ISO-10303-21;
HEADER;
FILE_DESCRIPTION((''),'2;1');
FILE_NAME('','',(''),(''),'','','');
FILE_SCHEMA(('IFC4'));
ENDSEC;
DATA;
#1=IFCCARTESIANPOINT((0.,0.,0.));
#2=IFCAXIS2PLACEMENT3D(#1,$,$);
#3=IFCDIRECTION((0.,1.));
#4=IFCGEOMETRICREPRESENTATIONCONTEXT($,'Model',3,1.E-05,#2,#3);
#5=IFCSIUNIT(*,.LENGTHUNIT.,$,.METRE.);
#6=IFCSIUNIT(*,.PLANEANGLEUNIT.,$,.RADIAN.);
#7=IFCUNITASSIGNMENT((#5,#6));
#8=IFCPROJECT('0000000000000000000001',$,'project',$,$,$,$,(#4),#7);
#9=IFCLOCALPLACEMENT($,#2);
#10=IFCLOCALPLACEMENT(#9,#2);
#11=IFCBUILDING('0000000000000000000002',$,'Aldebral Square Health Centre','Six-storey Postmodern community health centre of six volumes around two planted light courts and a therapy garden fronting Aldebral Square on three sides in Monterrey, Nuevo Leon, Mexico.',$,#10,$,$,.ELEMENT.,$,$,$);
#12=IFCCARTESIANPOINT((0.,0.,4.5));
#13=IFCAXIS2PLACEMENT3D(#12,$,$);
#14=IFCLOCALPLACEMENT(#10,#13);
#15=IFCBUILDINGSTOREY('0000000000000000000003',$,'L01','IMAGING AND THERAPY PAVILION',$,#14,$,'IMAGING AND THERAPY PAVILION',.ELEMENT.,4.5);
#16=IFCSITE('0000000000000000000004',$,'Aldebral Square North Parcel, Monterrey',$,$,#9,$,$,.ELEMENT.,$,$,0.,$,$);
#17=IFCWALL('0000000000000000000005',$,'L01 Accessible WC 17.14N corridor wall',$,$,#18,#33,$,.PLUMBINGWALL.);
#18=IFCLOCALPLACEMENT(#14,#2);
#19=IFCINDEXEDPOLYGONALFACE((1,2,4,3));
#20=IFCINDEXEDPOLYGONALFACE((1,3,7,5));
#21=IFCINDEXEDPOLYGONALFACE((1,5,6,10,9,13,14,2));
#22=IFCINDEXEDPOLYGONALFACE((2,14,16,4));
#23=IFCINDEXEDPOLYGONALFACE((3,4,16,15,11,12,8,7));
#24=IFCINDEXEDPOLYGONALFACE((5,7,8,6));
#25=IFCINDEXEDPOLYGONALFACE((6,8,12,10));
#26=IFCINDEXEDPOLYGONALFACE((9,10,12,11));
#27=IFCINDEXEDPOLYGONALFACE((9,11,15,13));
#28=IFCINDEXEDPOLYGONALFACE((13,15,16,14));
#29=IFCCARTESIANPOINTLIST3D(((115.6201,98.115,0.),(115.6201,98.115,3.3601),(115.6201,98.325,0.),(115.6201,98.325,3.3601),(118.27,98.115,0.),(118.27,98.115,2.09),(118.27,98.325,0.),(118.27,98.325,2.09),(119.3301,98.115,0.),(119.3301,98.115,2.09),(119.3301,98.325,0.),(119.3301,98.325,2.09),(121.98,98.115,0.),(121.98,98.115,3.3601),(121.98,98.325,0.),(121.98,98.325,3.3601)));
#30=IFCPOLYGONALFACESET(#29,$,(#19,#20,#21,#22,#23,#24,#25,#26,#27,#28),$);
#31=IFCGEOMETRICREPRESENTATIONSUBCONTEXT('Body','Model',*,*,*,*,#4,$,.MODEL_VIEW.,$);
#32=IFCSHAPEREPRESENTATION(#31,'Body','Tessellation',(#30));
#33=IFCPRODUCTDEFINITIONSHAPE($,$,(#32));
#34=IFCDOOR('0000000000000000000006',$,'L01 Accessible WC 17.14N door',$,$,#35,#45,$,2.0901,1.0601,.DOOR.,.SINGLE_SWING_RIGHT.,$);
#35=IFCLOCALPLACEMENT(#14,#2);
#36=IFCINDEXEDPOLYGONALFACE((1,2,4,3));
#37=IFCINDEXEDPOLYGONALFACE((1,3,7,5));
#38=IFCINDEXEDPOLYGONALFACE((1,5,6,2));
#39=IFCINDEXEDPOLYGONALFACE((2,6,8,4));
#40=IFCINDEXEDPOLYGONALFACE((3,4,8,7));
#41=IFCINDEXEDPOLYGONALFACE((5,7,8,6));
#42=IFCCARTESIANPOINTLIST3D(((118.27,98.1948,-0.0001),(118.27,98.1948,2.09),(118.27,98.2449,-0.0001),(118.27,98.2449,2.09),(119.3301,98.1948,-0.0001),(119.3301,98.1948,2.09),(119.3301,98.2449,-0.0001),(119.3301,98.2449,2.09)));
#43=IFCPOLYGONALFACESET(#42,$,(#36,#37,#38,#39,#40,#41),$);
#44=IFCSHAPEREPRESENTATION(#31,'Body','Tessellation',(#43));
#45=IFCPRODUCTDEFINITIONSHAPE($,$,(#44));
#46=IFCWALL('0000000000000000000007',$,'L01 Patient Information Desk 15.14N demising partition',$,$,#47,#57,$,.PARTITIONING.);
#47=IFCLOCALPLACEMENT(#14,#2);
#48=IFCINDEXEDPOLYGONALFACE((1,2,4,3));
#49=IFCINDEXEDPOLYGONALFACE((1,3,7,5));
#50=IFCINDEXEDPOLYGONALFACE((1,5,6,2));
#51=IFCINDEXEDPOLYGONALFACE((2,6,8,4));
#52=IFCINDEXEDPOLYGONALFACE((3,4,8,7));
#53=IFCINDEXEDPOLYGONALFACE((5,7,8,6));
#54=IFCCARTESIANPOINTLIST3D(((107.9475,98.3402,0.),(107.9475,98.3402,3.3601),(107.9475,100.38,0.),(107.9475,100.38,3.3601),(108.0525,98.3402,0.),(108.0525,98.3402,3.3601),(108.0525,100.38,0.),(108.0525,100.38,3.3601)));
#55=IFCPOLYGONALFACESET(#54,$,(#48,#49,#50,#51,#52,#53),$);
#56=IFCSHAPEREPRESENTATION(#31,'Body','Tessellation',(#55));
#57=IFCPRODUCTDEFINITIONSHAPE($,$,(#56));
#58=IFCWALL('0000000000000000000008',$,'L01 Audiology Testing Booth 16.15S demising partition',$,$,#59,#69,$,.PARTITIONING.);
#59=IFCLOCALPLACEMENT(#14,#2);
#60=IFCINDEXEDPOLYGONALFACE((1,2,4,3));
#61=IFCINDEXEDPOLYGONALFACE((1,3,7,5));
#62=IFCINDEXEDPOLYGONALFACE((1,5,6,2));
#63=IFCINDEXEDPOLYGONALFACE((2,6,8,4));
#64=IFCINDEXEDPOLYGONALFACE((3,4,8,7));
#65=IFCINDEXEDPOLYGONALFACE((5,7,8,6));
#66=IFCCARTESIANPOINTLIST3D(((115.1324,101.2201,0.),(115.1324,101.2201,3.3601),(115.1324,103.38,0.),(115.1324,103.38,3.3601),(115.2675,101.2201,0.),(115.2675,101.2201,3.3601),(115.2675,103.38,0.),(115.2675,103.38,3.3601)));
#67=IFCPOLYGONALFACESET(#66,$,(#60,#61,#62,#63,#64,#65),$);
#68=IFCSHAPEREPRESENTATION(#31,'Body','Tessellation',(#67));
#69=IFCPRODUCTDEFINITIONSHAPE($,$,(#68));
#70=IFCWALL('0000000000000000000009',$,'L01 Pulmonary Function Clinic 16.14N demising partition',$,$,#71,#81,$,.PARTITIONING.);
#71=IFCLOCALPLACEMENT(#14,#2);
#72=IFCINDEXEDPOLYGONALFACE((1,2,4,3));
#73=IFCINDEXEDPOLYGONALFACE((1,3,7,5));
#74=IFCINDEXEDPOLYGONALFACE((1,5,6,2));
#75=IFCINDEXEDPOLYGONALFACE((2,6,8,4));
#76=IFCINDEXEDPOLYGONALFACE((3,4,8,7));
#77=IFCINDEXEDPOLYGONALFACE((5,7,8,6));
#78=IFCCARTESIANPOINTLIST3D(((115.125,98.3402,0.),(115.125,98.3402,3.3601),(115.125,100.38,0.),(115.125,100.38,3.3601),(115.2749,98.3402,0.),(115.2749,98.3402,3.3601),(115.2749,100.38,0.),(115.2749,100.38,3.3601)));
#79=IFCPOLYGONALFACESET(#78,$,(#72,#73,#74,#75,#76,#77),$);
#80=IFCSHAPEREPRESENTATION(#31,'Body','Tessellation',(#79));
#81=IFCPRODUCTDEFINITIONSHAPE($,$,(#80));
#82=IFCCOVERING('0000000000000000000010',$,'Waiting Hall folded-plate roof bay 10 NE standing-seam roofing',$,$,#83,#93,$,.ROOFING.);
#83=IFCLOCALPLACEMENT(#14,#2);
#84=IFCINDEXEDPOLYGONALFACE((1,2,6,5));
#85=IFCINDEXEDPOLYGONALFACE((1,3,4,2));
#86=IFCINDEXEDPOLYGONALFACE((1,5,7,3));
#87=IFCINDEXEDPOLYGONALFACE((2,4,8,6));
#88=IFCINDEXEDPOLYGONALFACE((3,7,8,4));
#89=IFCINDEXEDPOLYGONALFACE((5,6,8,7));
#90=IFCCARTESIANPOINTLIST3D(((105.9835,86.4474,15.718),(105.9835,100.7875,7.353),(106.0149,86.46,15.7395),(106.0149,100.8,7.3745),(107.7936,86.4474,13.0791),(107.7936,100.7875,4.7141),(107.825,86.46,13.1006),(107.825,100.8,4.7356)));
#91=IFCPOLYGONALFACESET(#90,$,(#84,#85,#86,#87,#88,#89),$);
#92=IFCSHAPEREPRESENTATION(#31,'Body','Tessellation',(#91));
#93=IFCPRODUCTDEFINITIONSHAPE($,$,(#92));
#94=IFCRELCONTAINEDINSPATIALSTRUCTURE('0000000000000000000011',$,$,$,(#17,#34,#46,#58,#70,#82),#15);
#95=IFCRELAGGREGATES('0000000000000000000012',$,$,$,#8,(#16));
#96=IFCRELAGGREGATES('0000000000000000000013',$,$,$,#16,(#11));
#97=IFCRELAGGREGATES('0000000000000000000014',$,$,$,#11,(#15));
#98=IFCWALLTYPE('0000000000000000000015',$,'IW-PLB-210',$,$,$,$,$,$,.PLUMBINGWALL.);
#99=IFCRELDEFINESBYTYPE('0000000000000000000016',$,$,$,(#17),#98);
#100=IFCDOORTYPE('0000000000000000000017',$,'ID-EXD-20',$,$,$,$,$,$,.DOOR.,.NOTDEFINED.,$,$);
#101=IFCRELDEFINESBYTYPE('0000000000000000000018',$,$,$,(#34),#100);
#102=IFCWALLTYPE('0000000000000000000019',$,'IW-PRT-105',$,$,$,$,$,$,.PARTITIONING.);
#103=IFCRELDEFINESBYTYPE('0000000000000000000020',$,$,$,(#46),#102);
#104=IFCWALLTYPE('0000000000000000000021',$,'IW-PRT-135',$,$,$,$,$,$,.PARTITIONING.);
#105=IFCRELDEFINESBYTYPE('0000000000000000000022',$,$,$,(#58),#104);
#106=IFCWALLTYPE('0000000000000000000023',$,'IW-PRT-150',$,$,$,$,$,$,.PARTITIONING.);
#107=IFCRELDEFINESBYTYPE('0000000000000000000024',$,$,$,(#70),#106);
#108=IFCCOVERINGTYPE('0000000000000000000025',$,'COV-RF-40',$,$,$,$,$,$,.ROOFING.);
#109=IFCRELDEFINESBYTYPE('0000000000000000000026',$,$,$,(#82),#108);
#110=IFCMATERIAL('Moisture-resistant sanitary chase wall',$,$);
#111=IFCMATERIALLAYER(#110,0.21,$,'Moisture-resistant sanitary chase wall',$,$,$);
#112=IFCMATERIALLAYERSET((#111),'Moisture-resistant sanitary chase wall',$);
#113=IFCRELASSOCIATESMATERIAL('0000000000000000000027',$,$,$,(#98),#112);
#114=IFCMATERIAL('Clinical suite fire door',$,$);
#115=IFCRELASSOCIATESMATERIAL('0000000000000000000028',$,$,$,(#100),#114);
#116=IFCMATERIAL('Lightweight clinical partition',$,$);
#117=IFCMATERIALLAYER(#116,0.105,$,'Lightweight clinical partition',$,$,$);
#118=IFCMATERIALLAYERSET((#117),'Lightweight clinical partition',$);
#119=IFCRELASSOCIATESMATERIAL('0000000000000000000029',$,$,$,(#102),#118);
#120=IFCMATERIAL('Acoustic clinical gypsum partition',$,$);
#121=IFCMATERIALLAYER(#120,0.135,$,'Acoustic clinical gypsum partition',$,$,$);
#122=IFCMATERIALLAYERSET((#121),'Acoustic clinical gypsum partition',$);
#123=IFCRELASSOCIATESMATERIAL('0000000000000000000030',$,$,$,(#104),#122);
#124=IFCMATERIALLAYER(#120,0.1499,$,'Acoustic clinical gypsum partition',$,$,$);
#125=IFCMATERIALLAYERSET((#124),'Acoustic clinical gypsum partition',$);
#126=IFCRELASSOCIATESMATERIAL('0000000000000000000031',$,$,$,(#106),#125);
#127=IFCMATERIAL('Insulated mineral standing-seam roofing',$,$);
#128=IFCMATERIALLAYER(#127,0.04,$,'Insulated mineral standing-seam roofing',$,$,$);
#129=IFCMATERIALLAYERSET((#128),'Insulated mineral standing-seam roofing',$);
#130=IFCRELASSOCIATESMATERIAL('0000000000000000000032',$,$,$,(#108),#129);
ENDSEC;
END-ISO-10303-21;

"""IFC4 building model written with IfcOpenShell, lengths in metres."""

from ifc_helpers import new_model, si_unit, direction, frame, frame_2d, origin, place, context, subcontext, project, spatial, polyline, rectangle, outline, extrude, material, layer, layer_set, type_object, element, fill, save


model = new_model("IFC4")

# Units and contexts
model_context = context("Model", 3, precision=1e-05, world=origin(), true_north=direction((0.0, 1.0)))
body_context = subcontext(model_context, "Body", "Model", "MODEL_VIEW")
ifc_project = project(units=[si_unit("LENGTHUNIT", "METRE"), si_unit("PLANEANGLEUNIT", "RADIAN")], contexts=[model_context])

# Site, building, storey
site_placement = place(None, origin())
site = spatial("IfcSite", under=ifc_project, at=site_placement, Name="Aldebral Square North Parcel, Monterrey", CompositionType="ELEMENT", RefElevation=0.0)
building_placement = place(site_placement, origin())
building = spatial("IfcBuilding", under=site, at=building_placement, Name="Aldebral Square Health Centre", Description="Six-storey Postmodern community health centre of six volumes around two planted light courts and a therapy garden fronting Aldebral Square on three sides in Monterrey, Nuevo Leon, Mexico.", CompositionType="ELEMENT")
storey_placement = place(building_placement, frame((0.0, 0.0, 4.5)))
storey = spatial("IfcBuildingStorey", under=building, at=storey_placement, Name="L01", Description="IMAGING AND THERAPY PAVILION", LongName="IMAGING AND THERAPY PAVILION", CompositionType="ELEMENT", Elevation=4.5)

# Shared definitions
ifc_material_1 = material(Name="Clinical suite fire door")

# Wall, opening, door
ifc_material_2 = material(Name="Moisture-resistant sanitary chase wall")
ifc_layer_1 = layer(ifc_material_2, 0.21, Name="Moisture-resistant sanitary chase wall")
ifc_layer_set_1 = layer_set([ifc_layer_1], Name="Moisture-resistant sanitary chase wall")
wall_type_1 = type_object("IfcWallType", Name="IW-PLB-210", PredefinedType="PLUMBINGWALL", material=ifc_layer_set_1)
wall_1_placement = place(storey_placement, frame((115.6201, 98.22, 0.0), z_axis=(0.0, 0.0, 1.0), x_axis=(1.0, 0.0, 0.0)))
wall_1 = element("IfcWall", 1, at=wall_1_placement, inside=storey, type_object=wall_type_1, Name="L01 Accessible WC 17.14N corridor wall", PredefinedType="PLUMBINGWALL", context=body_context, shape_type="SweptSolid", body=[
    extrude(rectangle(XDim=6.3599, YDim=0.21, at=frame_2d((3.1799, 0.0))), origin(), (0.0, 0.0, 1.0), 3.3601),
])
opening_1_placement = place(wall_1_placement, frame((2.6499, 0.0, 0.0)))
opening_1 = element("IfcOpeningElement", 2, at=opening_1_placement, cuts=wall_1, PredefinedType="OPENING", context=body_context, shape_type="SweptSolid", body=[
    extrude(rectangle(XDim=1.0601, YDim=2.0901, at=frame_2d((0.53, 1.0449))), frame((0.0, 0.115, 0.0), z_axis=(0.0, -1.0, 0.0), x_axis=(1.0, 0.0, 0.0)), (0.0, 0.0, 1.0), 0.23),
])
door_type_1 = type_object("IfcDoorType", Name="ID-EXD-20", OperationType="NOTDEFINED", PredefinedType="DOOR", material=ifc_material_1)
door_1_placement = place(opening_1_placement, origin())
door_1 = element("IfcDoor", 3, at=door_1_placement, inside=storey, type_object=door_type_1, Name="L01 Accessible WC 17.14N door", OperationType="SINGLE_SWING_RIGHT", OverallHeight=2.0901, OverallWidth=1.0601, PredefinedType="DOOR", context=body_context, shape_type="SweptSolid", body=[
    extrude(rectangle(XDim=1.0601, YDim=2.0901, at=frame_2d((0.53, 1.0449))), frame((0.0, 0.0249, 0.0), z_axis=(0.0, -1.0, 0.0), x_axis=(1.0, 0.0, 0.0)), (0.0, 0.0, 1.0), 0.05),
])
fill(opening_1, door_1)

# Walls
ifc_material_3 = material(Name="Lightweight clinical partition")
ifc_layer_2 = layer(ifc_material_3, 0.105, Name="Lightweight clinical partition")
ifc_layer_set_2 = layer_set([ifc_layer_2], Name="Lightweight clinical partition")
wall_type_2 = type_object("IfcWallType", Name="IW-PRT-105", PredefinedType="PARTITIONING", material=ifc_layer_set_2)
wall_2_placement = place(storey_placement, frame((108.0, 98.3401, 0.0), z_axis=(0.0, 0.0, 1.0), x_axis=(0.0, 1.0, 0.0)))
element("IfcWall", 4, at=wall_2_placement, inside=storey, type_object=wall_type_2, Name="L01 Patient Information Desk 15.14N demising partition", PredefinedType="PARTITIONING", context=body_context, shape_type="SweptSolid", body=[
    extrude(rectangle(XDim=2.0398, YDim=0.105, at=frame_2d((1.02, 0.0))), origin(), (0.0, 0.0, 1.0), 3.3601),
])
ifc_material_4 = material(Name="Acoustic clinical gypsum partition")
ifc_layer_3 = layer(ifc_material_4, 0.135, Name="Acoustic clinical gypsum partition")
ifc_layer_set_3 = layer_set([ifc_layer_3], Name="Acoustic clinical gypsum partition")
wall_type_3 = type_object("IfcWallType", Name="IW-PRT-135", PredefinedType="PARTITIONING", material=ifc_layer_set_3)
wall_3_placement = place(storey_placement, frame((115.2, 101.22, 0.0), z_axis=(0.0, 0.0, 1.0), x_axis=(0.0, 1.0, 0.0)))
element("IfcWall", 5, at=wall_3_placement, inside=storey, type_object=wall_type_3, Name="L01 Audiology Testing Booth 16.15S demising partition", PredefinedType="PARTITIONING", context=body_context, shape_type="SweptSolid", body=[
    extrude(rectangle(XDim=2.1599, YDim=0.135, at=frame_2d((1.0801, 0.0))), origin(), (0.0, 0.0, 1.0), 3.3601),
])
ifc_layer_4 = layer(ifc_material_4, 0.1499, Name="Acoustic clinical gypsum partition")
ifc_layer_set_4 = layer_set([ifc_layer_4], Name="Acoustic clinical gypsum partition")
wall_type_4 = type_object("IfcWallType", Name="IW-PRT-150", PredefinedType="PARTITIONING", material=ifc_layer_set_4)
wall_4_placement = place(storey_placement, frame((115.2, 98.3401, 0.0), z_axis=(0.0, 0.0, 1.0), x_axis=(0.0, 1.0, 0.0)))
element("IfcWall", 6, at=wall_4_placement, inside=storey, type_object=wall_type_4, Name="L01 Pulmonary Function Clinic 16.14N demising partition", PredefinedType="PARTITIONING", context=body_context, shape_type="SweptSolid", body=[
    extrude(rectangle(XDim=2.0398, YDim=0.1499, at=frame_2d((1.02, 0.0))), origin(), (0.0, 0.0, 1.0), 3.3601),
])

# Covering
ifc_material_5 = material(Name="Insulated mineral standing-seam roofing")
ifc_layer_5 = layer(ifc_material_5, 0.04, Name="Insulated mineral standing-seam roofing")
ifc_layer_set_5 = layer_set([ifc_layer_5], Name="Insulated mineral standing-seam roofing")
covering_type_1 = type_object("IfcCoveringType", Name="COV-RF-40", PredefinedType="ROOFING", material=ifc_layer_set_5)
covering_1_placement = place(storey_placement, frame((107.825, 100.8, 4.7356), z_axis=(0.783126, 0.313337, 0.537154), x_axis=(-0.565638, 0.0, 0.824654)))
element("IfcCovering", 7, at=covering_1_placement, inside=storey, type_object=covering_type_1, Name="Waiting Hall folded-plate roof bay 10 NE standing-seam roofing", PredefinedType="ROOFING", context=body_context, shape_type="SweptSolid", body=[
    extrude(outline(polyline([(0.0, 0.0), (3.2, 0.0), (10.0982, 15.1005), (6.8982, 15.1005), (0.0, 0.0)])), origin(), (0.0, 0.0, -1.0), 0.04),
])

save(model, "model.ifc")
